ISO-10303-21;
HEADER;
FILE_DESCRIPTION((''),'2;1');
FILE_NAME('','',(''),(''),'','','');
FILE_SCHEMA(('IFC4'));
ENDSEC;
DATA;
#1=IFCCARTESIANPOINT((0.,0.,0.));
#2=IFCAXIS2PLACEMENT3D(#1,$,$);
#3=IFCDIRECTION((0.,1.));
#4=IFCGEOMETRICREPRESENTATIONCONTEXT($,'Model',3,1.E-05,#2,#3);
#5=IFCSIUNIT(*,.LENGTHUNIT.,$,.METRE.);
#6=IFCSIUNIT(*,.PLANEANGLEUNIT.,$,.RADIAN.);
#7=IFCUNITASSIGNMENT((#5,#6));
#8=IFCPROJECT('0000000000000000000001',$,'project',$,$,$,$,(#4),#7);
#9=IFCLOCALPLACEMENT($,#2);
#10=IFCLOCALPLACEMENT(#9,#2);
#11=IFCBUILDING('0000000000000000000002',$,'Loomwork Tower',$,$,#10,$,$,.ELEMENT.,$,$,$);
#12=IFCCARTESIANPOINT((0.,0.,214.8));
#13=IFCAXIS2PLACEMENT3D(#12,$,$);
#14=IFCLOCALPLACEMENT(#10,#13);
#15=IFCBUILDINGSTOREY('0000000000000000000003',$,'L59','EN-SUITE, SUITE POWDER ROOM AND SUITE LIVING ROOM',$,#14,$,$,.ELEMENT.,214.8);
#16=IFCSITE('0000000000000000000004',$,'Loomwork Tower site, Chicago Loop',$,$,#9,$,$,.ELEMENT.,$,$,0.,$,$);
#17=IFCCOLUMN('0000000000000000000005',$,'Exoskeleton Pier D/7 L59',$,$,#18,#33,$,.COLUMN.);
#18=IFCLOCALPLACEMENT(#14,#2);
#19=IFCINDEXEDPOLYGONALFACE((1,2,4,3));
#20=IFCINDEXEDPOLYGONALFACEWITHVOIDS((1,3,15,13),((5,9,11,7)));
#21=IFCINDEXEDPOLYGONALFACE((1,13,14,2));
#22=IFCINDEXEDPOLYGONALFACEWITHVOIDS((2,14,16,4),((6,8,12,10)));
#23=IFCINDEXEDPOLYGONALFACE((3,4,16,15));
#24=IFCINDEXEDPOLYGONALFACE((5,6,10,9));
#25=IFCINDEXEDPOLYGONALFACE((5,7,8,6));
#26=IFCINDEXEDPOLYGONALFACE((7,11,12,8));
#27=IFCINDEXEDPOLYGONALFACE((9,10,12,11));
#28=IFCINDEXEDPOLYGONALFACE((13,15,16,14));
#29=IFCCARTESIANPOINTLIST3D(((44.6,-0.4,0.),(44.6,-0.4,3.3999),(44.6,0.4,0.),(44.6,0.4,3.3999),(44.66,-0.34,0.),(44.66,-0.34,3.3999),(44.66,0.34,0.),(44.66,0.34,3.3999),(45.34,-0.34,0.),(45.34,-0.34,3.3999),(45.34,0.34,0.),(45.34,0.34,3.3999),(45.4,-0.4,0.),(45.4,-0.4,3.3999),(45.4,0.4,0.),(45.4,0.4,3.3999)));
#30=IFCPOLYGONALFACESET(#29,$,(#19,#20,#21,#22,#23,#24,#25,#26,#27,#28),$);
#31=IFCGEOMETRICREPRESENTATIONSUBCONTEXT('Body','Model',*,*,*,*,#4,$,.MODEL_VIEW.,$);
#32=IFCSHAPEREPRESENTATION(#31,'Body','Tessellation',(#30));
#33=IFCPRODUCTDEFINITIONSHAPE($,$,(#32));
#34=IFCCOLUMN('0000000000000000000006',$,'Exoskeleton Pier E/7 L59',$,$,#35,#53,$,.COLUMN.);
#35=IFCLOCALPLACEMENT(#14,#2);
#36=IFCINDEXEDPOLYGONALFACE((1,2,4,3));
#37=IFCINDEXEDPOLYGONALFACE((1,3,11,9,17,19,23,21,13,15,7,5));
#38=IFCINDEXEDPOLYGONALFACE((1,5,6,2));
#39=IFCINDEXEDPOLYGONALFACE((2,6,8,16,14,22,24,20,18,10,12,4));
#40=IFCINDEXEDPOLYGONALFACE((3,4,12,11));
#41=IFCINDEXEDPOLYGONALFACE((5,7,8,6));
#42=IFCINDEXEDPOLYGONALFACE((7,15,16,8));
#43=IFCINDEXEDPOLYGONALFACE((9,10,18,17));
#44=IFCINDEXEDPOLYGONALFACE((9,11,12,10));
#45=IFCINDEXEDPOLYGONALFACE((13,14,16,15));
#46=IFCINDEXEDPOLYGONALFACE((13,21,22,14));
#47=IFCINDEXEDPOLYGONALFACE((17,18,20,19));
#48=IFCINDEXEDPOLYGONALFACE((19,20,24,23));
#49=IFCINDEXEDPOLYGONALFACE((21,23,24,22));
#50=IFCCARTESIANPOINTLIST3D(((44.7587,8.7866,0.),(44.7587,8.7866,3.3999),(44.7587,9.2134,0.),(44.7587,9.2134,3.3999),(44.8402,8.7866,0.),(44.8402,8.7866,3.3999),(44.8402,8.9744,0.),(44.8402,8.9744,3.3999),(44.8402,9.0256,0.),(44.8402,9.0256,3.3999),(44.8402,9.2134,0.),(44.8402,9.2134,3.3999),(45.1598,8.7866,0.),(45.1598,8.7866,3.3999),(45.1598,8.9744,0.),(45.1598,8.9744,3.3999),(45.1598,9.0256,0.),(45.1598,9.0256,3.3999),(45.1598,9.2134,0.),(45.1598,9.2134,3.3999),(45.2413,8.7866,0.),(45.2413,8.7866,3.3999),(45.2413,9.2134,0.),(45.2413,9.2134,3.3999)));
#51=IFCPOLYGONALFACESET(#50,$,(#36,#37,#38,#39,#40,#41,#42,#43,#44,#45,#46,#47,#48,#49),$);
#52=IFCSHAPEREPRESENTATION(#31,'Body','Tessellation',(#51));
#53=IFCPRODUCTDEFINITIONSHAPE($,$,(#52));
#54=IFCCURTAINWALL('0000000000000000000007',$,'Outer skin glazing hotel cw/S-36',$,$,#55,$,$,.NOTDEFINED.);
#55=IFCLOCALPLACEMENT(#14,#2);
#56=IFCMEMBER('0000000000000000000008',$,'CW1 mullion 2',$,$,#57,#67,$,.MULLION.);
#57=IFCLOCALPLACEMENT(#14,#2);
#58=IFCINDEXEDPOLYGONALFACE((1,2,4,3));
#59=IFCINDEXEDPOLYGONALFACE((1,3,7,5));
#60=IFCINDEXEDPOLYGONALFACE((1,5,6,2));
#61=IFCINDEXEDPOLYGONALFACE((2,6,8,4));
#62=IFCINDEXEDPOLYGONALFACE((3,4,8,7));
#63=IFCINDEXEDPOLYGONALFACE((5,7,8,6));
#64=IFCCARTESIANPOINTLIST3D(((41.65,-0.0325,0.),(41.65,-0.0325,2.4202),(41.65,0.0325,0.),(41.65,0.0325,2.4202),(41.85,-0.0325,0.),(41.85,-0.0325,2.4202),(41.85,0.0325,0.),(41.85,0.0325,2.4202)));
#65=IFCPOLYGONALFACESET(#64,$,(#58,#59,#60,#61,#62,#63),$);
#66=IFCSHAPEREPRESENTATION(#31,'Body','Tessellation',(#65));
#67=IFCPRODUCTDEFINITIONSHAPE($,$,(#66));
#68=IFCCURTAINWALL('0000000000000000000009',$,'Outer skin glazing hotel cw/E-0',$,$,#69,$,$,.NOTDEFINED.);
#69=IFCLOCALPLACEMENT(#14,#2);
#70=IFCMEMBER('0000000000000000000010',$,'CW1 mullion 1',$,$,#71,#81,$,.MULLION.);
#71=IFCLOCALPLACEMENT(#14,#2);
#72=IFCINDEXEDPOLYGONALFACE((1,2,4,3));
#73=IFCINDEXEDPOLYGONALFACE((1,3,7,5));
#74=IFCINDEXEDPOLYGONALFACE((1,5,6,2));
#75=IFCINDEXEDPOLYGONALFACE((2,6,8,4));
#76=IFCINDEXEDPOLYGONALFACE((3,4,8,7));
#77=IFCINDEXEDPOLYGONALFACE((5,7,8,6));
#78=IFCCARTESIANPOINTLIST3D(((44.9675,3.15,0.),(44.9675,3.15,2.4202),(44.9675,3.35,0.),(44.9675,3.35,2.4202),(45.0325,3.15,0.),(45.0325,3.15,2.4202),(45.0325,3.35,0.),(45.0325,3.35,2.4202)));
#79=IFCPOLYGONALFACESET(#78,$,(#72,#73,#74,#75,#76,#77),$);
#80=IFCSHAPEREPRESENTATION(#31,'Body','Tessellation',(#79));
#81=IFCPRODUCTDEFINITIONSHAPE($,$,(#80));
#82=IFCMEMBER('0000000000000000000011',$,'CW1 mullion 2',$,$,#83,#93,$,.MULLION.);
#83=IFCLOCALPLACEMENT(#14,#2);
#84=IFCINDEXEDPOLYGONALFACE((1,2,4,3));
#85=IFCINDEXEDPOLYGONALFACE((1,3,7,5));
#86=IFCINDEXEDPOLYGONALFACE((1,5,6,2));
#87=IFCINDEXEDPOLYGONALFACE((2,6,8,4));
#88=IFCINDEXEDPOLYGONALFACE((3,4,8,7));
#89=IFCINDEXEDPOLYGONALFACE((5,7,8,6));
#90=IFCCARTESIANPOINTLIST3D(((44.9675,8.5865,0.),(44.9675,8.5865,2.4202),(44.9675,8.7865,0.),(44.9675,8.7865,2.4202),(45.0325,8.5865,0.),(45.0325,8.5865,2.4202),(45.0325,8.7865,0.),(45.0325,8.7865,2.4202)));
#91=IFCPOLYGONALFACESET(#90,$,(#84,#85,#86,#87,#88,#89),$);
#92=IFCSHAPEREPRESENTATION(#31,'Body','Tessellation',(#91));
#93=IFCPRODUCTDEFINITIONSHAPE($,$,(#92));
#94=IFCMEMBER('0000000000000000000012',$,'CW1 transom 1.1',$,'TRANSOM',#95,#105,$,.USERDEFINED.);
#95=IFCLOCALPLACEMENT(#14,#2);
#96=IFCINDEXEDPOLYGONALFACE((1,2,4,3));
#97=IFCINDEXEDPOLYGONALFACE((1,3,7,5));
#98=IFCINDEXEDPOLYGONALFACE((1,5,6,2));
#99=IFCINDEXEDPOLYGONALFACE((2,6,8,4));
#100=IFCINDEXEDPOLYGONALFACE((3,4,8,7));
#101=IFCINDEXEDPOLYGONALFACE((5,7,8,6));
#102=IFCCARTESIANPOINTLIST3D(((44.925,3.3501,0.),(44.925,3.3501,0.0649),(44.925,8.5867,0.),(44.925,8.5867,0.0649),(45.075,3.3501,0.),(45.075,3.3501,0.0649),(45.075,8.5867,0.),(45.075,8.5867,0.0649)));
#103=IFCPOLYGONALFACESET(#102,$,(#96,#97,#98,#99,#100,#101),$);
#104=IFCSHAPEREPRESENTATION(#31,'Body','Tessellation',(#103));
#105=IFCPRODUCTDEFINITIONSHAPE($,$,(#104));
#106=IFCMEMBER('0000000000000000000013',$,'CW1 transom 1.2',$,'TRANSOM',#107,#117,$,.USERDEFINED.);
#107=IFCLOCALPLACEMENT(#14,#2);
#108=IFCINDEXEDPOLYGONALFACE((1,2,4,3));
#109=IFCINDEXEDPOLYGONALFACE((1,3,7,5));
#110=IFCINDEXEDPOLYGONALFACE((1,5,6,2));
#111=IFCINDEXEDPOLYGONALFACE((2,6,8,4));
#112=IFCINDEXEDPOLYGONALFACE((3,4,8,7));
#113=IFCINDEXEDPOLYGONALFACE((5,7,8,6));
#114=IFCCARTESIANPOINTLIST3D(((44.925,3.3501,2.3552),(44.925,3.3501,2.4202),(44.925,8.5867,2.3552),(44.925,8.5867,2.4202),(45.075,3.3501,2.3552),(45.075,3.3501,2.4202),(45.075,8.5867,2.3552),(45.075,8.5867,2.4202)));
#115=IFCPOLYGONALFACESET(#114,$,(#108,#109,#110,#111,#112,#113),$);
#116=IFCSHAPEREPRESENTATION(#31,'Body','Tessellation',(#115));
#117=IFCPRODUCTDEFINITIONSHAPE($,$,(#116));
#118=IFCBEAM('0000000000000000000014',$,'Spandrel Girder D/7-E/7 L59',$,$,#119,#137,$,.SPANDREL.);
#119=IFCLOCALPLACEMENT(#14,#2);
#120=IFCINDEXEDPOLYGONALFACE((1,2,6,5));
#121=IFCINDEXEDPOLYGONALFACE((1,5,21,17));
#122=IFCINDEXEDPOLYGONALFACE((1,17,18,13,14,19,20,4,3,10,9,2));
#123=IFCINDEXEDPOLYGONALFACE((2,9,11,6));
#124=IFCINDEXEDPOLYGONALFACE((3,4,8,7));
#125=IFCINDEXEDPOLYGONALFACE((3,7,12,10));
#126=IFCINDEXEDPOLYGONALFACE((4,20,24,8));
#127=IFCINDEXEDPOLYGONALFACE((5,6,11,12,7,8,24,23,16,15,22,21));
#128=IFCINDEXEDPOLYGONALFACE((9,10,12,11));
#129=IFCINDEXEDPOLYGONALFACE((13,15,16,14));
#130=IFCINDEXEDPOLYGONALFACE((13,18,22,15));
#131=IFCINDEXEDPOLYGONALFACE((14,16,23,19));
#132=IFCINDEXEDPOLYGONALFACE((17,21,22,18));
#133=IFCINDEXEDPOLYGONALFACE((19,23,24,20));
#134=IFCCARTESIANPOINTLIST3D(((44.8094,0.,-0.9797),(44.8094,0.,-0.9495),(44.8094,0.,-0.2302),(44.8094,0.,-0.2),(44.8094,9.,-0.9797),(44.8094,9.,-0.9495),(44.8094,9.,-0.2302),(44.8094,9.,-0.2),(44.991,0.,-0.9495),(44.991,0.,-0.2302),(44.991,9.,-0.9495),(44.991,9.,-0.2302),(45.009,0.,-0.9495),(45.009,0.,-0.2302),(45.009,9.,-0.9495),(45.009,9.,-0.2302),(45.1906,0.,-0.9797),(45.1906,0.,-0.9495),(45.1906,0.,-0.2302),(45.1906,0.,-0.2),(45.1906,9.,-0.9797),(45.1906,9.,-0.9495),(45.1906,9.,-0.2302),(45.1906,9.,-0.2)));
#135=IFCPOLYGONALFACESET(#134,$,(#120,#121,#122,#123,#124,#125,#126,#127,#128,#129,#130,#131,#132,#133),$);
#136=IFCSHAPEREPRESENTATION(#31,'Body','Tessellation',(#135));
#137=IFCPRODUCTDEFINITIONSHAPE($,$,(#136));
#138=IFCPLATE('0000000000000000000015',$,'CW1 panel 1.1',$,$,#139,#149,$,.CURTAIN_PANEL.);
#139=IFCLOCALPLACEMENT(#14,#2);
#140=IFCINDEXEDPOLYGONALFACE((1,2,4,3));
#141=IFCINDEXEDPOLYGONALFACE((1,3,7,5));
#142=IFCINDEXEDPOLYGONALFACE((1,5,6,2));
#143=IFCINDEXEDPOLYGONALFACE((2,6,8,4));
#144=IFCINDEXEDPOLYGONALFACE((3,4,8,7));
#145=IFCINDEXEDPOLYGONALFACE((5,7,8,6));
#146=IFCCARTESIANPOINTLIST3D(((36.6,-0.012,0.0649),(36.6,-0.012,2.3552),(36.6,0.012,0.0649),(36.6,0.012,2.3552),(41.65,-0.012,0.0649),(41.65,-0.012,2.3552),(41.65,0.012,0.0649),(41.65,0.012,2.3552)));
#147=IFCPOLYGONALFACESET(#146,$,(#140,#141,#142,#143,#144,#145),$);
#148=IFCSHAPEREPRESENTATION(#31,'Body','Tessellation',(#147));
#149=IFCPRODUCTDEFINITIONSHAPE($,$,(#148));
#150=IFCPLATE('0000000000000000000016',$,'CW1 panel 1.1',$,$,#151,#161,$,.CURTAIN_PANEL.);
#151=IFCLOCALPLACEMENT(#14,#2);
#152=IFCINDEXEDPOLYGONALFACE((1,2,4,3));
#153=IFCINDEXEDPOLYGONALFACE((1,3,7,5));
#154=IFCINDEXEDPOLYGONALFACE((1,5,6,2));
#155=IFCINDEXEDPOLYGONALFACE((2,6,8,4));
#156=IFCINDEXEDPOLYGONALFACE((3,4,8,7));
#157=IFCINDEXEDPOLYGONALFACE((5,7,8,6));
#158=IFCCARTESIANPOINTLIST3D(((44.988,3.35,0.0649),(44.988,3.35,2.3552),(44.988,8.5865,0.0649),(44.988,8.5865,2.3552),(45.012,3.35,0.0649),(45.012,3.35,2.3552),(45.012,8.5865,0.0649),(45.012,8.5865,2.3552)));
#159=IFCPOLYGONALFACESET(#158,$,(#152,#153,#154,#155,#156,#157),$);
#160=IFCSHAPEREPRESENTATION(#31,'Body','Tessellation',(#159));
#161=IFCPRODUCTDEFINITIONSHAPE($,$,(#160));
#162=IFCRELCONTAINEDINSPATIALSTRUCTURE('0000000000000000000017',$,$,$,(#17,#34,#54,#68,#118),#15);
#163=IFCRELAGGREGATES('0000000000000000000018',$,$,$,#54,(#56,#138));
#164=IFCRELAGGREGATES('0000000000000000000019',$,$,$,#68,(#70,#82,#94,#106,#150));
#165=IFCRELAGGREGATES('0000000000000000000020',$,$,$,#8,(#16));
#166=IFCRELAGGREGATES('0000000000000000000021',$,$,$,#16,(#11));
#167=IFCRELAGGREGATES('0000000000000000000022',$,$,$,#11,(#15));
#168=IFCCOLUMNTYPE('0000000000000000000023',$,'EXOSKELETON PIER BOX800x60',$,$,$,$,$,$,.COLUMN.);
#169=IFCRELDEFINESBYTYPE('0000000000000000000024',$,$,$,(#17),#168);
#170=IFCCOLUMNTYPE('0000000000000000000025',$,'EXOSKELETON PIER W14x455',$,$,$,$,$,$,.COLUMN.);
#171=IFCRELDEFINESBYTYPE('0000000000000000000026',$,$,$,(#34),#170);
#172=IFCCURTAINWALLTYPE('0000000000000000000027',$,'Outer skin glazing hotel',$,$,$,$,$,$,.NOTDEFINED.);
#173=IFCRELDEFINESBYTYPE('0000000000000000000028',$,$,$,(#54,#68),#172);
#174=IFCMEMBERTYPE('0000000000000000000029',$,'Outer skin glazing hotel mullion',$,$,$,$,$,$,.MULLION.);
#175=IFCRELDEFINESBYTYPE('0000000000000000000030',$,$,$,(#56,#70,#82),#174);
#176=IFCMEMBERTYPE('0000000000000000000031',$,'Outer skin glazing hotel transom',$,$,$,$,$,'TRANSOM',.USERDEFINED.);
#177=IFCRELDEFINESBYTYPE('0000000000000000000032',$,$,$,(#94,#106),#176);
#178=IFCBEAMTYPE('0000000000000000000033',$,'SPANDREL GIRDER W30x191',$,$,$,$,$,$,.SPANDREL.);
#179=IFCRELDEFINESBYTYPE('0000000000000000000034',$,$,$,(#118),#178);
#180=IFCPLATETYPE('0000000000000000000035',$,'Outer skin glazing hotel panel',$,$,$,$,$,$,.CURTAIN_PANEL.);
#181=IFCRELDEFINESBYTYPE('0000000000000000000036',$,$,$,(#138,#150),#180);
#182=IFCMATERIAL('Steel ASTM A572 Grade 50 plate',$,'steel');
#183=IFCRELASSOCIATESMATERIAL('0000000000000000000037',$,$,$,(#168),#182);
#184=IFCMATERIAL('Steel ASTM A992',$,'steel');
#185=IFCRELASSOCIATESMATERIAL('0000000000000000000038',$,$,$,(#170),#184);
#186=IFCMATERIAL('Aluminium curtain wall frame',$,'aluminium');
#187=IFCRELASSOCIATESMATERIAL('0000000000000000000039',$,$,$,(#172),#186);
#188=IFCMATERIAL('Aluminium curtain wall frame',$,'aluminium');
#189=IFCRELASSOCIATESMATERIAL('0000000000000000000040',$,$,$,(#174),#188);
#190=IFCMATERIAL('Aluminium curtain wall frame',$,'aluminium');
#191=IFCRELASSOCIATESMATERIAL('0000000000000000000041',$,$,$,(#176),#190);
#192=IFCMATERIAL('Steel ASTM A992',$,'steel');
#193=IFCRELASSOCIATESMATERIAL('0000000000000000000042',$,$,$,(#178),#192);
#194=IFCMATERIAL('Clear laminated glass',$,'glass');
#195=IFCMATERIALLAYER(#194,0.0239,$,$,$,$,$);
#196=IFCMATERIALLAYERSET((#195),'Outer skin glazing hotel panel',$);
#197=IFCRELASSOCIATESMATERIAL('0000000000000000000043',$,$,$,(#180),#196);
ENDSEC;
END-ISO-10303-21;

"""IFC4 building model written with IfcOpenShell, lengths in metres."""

from ifc_helpers import new_model, si_unit, direction, frame, origin, origin_2d, place, context, subcontext, project, spatial, rectangle, hollow_rectangle, i_section, extrude, material, layer, layer_set, material_profile, profile_set, type_object, element, aggregate, save


model = new_model("IFC4")

# Units and contexts
model_context = context("Model", 3, precision=1e-05, world=origin(), true_north=direction((0.0, 1.0)))
body_context = subcontext(model_context, "Body", "Model", "MODEL_VIEW")
ifc_project = project(units=[si_unit("LENGTHUNIT", "METRE"), si_unit("PLANEANGLEUNIT", "RADIAN")], contexts=[model_context])

# Site, building, storey
site_placement = place(None, origin())
site = spatial("IfcSite", under=ifc_project, at=site_placement, Name="Loomwork Tower site, Chicago Loop", CompositionType="ELEMENT", RefElevation=0.0)
building_placement = place(site_placement, origin())
building = spatial("IfcBuilding", under=site, at=building_placement, Name="Loomwork Tower", CompositionType="ELEMENT")
storey_placement = place(building_placement, frame((0.0, 0.0, 214.8)))
storey = spatial("IfcBuildingStorey", under=building, at=storey_placement, Name="L59", Description="EN-SUITE, SUITE POWDER ROOM AND SUITE LIVING ROOM", CompositionType="ELEMENT", Elevation=214.8)

# Columns
ifc_material_1 = material(Name="Steel ASTM A572 Grade 50 plate", Category="steel")
ifc_material_profile_1 = material_profile(ifc_material_1, hollow_rectangle(XDim=0.8, YDim=0.8, WallThickness=0.0601, at=origin_2d()), Name="BOX800x60")
ifc_profile_set_1 = profile_set([ifc_material_profile_1], Name="Steel ASTM A572 Grade 50 plate")
column_type_1 = type_object("IfcColumnType", Name="EXOSKELETON PIER BOX800x60", PredefinedType="COLUMN", material=ifc_profile_set_1)
column_1_placement = place(storey_placement, frame((45.0, 0.0, 0.0), z_axis=(0.0, 0.0, 1.0), x_axis=(1.0, 0.0, 0.0)))
element("IfcColumn", 1, at=column_1_placement, inside=storey, type_object=column_type_1, Name="Exoskeleton Pier D/7 L59", PredefinedType="COLUMN", context=body_context, shape_type="SweptSolid", body=[
    extrude(hollow_rectangle(XDim=0.8, YDim=0.8, WallThickness=0.0601, at=origin_2d()), origin(), (0.0, 0.0, 1.0), 3.3999),
])
ifc_material_2 = material(Name="Steel ASTM A992", Category="steel")
ifc_material_profile_2 = material_profile(ifc_material_2, i_section(OverallWidth=0.4268, OverallDepth=0.4827, WebThickness=0.0513, FlangeThickness=0.0815, at=origin_2d()), Name="W14x455")
ifc_profile_set_2 = profile_set([ifc_material_profile_2], Name="Steel ASTM A992")
column_type_2 = type_object("IfcColumnType", Name="EXOSKELETON PIER W14x455", PredefinedType="COLUMN", material=ifc_profile_set_2)
column_2_placement = place(storey_placement, frame((45.0, 9.0, 0.0), z_axis=(0.0, 0.0, 1.0), x_axis=(0.0, 1.0, 0.0)))
element("IfcColumn", 2, at=column_2_placement, inside=storey, type_object=column_type_2, Name="Exoskeleton Pier E/7 L59", PredefinedType="COLUMN", context=body_context, shape_type="SweptSolid", body=[
    extrude(i_section(OverallWidth=0.4268, OverallDepth=0.4827, WebThickness=0.0513, FlangeThickness=0.0815, at=origin_2d()), origin(), (0.0, 0.0, 1.0), 3.3999),
])

# Curtain wall, member
ifc_material_3 = material(Name="Aluminium curtain wall frame", Category="aluminium")
curtain_wall_type = type_object("IfcCurtainWallType", Name="Outer skin glazing hotel", PredefinedType="NOTDEFINED", material=ifc_material_3)
curtain_wall_1_placement = place(storey_placement, origin())
curtain_wall_1 = element("IfcCurtainWall", 3, at=curtain_wall_1_placement, inside=storey, type_object=curtain_wall_type, Name="Outer skin glazing hotel cw/S-36", PredefinedType="NOTDEFINED")
ifc_material_4 = material(Name="Aluminium curtain wall frame", Category="aluminium")
ifc_material_profile_3 = material_profile(ifc_material_4, rectangle(XDim=0.0649, YDim=0.2, at=origin_2d()), Name="AL 65x200")
ifc_profile_set_3 = profile_set([ifc_material_profile_3], Name="Aluminium curtain wall frame")
member_type_1 = type_object("IfcMemberType", Name="Outer skin glazing hotel mullion", PredefinedType="MULLION", material=ifc_profile_set_3)
member_1_placement = place(storey_placement, frame((41.75, 0.0, 0.0), z_axis=(0.0, 0.0, 1.0), x_axis=(0.0, 1.0, 0.0)))
member_1 = element("IfcMember", 4, at=member_1_placement, type_object=member_type_1, Name="CW1 mullion 2", PredefinedType="MULLION", context=body_context, shape_type="SweptSolid", body=[
    extrude(rectangle(XDim=0.0649, YDim=0.2, at=origin_2d()), origin(), (0.0, 0.0, 1.0), 2.4202),
])

# Curtain wall, members
curtain_wall_2_placement = place(storey_placement, origin())
curtain_wall_2 = element("IfcCurtainWall", 5, at=curtain_wall_2_placement, inside=storey, type_object=curtain_wall_type, Name="Outer skin glazing hotel cw/E-0", PredefinedType="NOTDEFINED")
member_2_placement = place(storey_placement, frame((45.0, 3.25, 0.0), z_axis=(0.0, 0.0, 1.0), x_axis=(-1.0, 0.0, 0.0)))
member_2 = element("IfcMember", 6, at=member_2_placement, type_object=member_type_1, Name="CW1 mullion 1", PredefinedType="MULLION", context=body_context, shape_type="SweptSolid", body=[
    extrude(rectangle(XDim=0.0649, YDim=0.2, at=origin_2d()), origin(), (0.0, 0.0, 1.0), 2.4202),
])
member_3_placement = place(storey_placement, frame((45.0, 8.6865, 0.0), z_axis=(0.0, 0.0, 1.0), x_axis=(-1.0, 0.0, 0.0)))
member_3 = element("IfcMember", 7, at=member_3_placement, type_object=member_type_1, Name="CW1 mullion 2", PredefinedType="MULLION", context=body_context, shape_type="SweptSolid", body=[
    extrude(rectangle(XDim=0.0649, YDim=0.2, at=origin_2d()), origin(), (0.0, 0.0, 1.0), 2.4202),
])
ifc_material_5 = material(Name="Aluminium curtain wall frame", Category="aluminium")
ifc_material_profile_4 = material_profile(ifc_material_5, rectangle(XDim=0.1499, YDim=0.0649, at=origin_2d()), Name="AL 65x150")
ifc_profile_set_4 = profile_set([ifc_material_profile_4], Name="Aluminium curtain wall frame")
member_type_2 = type_object("IfcMemberType", Name="Outer skin glazing hotel transom", ElementType="TRANSOM", PredefinedType="USERDEFINED", material=ifc_profile_set_4)
member_4_placement = place(storey_placement, frame((45.0, 3.3501, 0.0325), z_axis=(0.0, 1.0, 0.0), x_axis=(-1.0, 0.0, 0.0)))
member_4 = element("IfcMember", 8, at=member_4_placement, type_object=member_type_2, Name="CW1 transom 1.1", ObjectType="TRANSOM", PredefinedType="USERDEFINED", context=body_context, shape_type="SweptSolid", body=[
    extrude(rectangle(XDim=0.1499, YDim=0.0649, at=origin_2d()), origin(), (0.0, 0.0, 1.0), 5.2366),
])
member_5_placement = place(storey_placement, frame((45.0, 3.3501, 2.3877), z_axis=(0.0, 1.0, 0.0), x_axis=(-1.0, 0.0, 0.0)))
member_5 = element("IfcMember", 9, at=member_5_placement, type_object=member_type_2, Name="CW1 transom 1.2", ObjectType="TRANSOM", PredefinedType="USERDEFINED", context=body_context, shape_type="SweptSolid", body=[
    extrude(rectangle(XDim=0.1499, YDim=0.0649, at=origin_2d()), origin(), (0.0, 0.0, 1.0), 5.2366),
])

# Beam
ifc_material_6 = material(Name="Steel ASTM A992", Category="steel")
ifc_material_profile_5 = material_profile(ifc_material_6, i_section(OverallWidth=0.3811, OverallDepth=0.7798, WebThickness=0.0181, FlangeThickness=0.0303, at=origin_2d()), Name="W30x191")
ifc_profile_set_5 = profile_set([ifc_material_profile_5], Name="Steel ASTM A992")
beam_type = type_object("IfcBeamType", Name="SPANDREL GIRDER W30x191", PredefinedType="SPANDREL", material=ifc_profile_set_5)
beam_placement = place(storey_placement, frame((45.0, 0.0, -0.5898), z_axis=(0.0, 1.0, 0.0), x_axis=(-1.0, 0.0, 0.0)))
element("IfcBeam", 10, at=beam_placement, inside=storey, type_object=beam_type, Name="Spandrel Girder D/7-E/7 L59", PredefinedType="SPANDREL", context=body_context, shape_type="SweptSolid", body=[
    extrude(i_section(OverallWidth=0.3811, OverallDepth=0.7798, WebThickness=0.0181, FlangeThickness=0.0303, at=origin_2d()), origin(), (0.0, 0.0, 1.0), 9.0),
])

# Plates
ifc_material_7 = material(Name="Clear laminated glass", Category="glass")
ifc_layer_1 = layer(ifc_material_7, 0.0239)
ifc_layer_set_1 = layer_set([ifc_layer_1], Name="Outer skin glazing hotel panel")
plate_type = type_object("IfcPlateType", Name="Outer skin glazing hotel panel", PredefinedType="CURTAIN_PANEL", material=ifc_layer_set_1)
plate_1_placement = place(storey_placement, frame((39.125, 0.0, 0.0649), z_axis=(0.0, 0.0, 1.0), x_axis=(1.0, 0.0, 0.0)))
plate_1 = element("IfcPlate", 11, at=plate_1_placement, type_object=plate_type, Name="CW1 panel 1.1", PredefinedType="CURTAIN_PANEL", context=body_context, shape_type="SweptSolid", body=[
    extrude(rectangle(XDim=5.05, YDim=0.0239, at=origin_2d()), origin(), (0.0, 0.0, 1.0), 2.2903),
])
aggregate(curtain_wall_1, [member_1, plate_1])
plate_2_placement = place(storey_placement, frame((45.0, 5.9683, 0.0649), z_axis=(0.0, 0.0, 1.0), x_axis=(0.0, 1.0, 0.0)))
plate_2 = element("IfcPlate", 12, at=plate_2_placement, type_object=plate_type, Name="CW1 panel 1.1", PredefinedType="CURTAIN_PANEL", context=body_context, shape_type="SweptSolid", body=[
    extrude(rectangle(XDim=5.2366, YDim=0.0239, at=origin_2d()), origin(), (0.0, 0.0, 1.0), 2.2903),
])
aggregate(curtain_wall_2, [member_2, member_3, member_4, member_5, plate_2])

save(model, "model.ifc")
